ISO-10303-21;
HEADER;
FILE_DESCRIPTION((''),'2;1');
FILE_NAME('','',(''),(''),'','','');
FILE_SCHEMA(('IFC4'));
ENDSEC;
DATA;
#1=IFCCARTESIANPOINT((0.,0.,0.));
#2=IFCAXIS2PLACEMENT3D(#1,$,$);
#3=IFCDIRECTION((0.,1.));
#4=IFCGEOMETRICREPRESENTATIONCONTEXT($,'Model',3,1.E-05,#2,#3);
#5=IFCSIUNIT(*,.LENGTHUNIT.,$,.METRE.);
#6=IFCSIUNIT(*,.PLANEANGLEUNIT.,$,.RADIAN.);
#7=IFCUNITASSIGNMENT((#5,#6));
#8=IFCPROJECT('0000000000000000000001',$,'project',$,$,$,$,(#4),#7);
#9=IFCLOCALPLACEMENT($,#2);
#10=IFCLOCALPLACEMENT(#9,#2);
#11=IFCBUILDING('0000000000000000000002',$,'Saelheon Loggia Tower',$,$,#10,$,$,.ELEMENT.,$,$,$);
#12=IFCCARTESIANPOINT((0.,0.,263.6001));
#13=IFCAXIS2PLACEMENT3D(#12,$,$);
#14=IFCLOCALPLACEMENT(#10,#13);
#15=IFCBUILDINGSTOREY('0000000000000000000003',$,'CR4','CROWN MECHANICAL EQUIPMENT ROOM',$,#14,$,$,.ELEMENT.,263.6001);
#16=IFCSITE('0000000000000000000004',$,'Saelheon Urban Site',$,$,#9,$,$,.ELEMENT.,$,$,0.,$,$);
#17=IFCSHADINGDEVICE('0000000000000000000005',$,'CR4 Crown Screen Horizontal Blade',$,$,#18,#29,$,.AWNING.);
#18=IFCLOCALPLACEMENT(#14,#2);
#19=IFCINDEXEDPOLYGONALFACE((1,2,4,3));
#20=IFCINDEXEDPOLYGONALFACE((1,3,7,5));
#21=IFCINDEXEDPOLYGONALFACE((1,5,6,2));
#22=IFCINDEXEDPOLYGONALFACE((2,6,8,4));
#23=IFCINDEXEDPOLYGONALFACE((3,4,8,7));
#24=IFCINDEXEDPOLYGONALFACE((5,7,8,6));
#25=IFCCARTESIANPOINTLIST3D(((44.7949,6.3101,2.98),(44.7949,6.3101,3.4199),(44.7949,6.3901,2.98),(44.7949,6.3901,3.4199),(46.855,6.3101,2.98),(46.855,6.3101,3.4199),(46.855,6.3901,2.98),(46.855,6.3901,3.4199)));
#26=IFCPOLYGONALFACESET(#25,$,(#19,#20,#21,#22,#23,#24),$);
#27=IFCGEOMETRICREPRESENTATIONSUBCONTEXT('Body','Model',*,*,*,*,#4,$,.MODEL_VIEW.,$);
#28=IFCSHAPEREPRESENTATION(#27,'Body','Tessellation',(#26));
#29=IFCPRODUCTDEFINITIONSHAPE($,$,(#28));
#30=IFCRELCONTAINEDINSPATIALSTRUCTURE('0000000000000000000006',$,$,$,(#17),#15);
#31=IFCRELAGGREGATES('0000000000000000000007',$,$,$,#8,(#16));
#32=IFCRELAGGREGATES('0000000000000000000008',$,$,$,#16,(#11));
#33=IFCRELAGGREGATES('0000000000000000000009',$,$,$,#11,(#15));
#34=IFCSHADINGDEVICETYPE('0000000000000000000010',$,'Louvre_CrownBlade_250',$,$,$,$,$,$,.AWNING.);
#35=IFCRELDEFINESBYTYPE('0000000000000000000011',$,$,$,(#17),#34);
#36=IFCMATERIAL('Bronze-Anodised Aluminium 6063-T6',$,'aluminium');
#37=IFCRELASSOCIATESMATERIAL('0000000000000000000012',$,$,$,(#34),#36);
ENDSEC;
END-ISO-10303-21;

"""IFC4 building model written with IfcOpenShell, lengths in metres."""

from ifc_helpers import new_model, si_unit, direction, frame, origin, origin_2d, place, context, subcontext, project, spatial, rectangle, extrude, source, transform, mapped, material, material_profile, profile_set, type_object, element, save


model = new_model("IFC4")

# Units and contexts
model_context = context("Model", 3, precision=1e-05, world=origin(), true_north=direction((0.0, 1.0)))
body_context = subcontext(model_context, "Body", "Model", "MODEL_VIEW")
ifc_project = project(units=[si_unit("LENGTHUNIT", "METRE"), si_unit("PLANEANGLEUNIT", "RADIAN")], contexts=[model_context])

# Site, building, storey
site_placement = place(None, origin())
site = spatial("IfcSite", under=ifc_project, at=site_placement, Name="Saelheon Urban Site", CompositionType="ELEMENT", RefElevation=0.0)
building_placement = place(site_placement, origin())
building = spatial("IfcBuilding", under=site, at=building_placement, Name="Saelheon Loggia Tower", CompositionType="ELEMENT")
storey_placement = place(building_placement, frame((0.0, 0.0, 263.6001)))
storey = spatial("IfcBuildingStorey", under=building, at=storey_placement, Name="CR4", Description="CROWN MECHANICAL EQUIPMENT ROOM", CompositionType="ELEMENT", Elevation=263.6001)

# Shared definitions
ifc_material_1 = material(Name="Bronze-Anodised Aluminium 6063-T6", Category="aluminium")

# Shading device
ifc_material_profile_1 = material_profile(ifc_material_1, rectangle(XDim=0.0801, YDim=0.4399, at=origin_2d()), Name="Louvre_CrownBlade_250")
ifc_profile_set_1 = profile_set([ifc_material_profile_1], Name="Bronze-Anodised Aluminium 6063-T6")
shading_device_type = type_object("IfcShadingDeviceType", Name="Louvre_CrownBlade_250", PredefinedType="AWNING", material=ifc_profile_set_1)
shared_shape_1 = source(origin(), body_context, "Body", "SweptSolid", [
    extrude(rectangle(XDim=0.0801, YDim=0.4399, at=origin_2d()), origin(), (0.0, 0.0, 1.0), 2.0601),
])
for number, where, z_axis, x_axis, name in (
    (1, (44.7949, 6.3501, 3.2), (1.0, 0.0, 0.0), (0.0, 1.0, 0.0), "CR4 Crown Screen Horizontal Blade"),
):
    element("IfcShadingDevice", number, at=place(storey_placement, frame(where, z_axis=z_axis, x_axis=x_axis)), inside=storey, type_object=shading_device_type, Name=name, PredefinedType="AWNING", context=body_context, shape_type="MappedRepresentation", body=[
        mapped(shared_shape_1, transform((0.0, 0.0, 0.0), scale=1.0)),
    ])

save(model, "model.ifc")
